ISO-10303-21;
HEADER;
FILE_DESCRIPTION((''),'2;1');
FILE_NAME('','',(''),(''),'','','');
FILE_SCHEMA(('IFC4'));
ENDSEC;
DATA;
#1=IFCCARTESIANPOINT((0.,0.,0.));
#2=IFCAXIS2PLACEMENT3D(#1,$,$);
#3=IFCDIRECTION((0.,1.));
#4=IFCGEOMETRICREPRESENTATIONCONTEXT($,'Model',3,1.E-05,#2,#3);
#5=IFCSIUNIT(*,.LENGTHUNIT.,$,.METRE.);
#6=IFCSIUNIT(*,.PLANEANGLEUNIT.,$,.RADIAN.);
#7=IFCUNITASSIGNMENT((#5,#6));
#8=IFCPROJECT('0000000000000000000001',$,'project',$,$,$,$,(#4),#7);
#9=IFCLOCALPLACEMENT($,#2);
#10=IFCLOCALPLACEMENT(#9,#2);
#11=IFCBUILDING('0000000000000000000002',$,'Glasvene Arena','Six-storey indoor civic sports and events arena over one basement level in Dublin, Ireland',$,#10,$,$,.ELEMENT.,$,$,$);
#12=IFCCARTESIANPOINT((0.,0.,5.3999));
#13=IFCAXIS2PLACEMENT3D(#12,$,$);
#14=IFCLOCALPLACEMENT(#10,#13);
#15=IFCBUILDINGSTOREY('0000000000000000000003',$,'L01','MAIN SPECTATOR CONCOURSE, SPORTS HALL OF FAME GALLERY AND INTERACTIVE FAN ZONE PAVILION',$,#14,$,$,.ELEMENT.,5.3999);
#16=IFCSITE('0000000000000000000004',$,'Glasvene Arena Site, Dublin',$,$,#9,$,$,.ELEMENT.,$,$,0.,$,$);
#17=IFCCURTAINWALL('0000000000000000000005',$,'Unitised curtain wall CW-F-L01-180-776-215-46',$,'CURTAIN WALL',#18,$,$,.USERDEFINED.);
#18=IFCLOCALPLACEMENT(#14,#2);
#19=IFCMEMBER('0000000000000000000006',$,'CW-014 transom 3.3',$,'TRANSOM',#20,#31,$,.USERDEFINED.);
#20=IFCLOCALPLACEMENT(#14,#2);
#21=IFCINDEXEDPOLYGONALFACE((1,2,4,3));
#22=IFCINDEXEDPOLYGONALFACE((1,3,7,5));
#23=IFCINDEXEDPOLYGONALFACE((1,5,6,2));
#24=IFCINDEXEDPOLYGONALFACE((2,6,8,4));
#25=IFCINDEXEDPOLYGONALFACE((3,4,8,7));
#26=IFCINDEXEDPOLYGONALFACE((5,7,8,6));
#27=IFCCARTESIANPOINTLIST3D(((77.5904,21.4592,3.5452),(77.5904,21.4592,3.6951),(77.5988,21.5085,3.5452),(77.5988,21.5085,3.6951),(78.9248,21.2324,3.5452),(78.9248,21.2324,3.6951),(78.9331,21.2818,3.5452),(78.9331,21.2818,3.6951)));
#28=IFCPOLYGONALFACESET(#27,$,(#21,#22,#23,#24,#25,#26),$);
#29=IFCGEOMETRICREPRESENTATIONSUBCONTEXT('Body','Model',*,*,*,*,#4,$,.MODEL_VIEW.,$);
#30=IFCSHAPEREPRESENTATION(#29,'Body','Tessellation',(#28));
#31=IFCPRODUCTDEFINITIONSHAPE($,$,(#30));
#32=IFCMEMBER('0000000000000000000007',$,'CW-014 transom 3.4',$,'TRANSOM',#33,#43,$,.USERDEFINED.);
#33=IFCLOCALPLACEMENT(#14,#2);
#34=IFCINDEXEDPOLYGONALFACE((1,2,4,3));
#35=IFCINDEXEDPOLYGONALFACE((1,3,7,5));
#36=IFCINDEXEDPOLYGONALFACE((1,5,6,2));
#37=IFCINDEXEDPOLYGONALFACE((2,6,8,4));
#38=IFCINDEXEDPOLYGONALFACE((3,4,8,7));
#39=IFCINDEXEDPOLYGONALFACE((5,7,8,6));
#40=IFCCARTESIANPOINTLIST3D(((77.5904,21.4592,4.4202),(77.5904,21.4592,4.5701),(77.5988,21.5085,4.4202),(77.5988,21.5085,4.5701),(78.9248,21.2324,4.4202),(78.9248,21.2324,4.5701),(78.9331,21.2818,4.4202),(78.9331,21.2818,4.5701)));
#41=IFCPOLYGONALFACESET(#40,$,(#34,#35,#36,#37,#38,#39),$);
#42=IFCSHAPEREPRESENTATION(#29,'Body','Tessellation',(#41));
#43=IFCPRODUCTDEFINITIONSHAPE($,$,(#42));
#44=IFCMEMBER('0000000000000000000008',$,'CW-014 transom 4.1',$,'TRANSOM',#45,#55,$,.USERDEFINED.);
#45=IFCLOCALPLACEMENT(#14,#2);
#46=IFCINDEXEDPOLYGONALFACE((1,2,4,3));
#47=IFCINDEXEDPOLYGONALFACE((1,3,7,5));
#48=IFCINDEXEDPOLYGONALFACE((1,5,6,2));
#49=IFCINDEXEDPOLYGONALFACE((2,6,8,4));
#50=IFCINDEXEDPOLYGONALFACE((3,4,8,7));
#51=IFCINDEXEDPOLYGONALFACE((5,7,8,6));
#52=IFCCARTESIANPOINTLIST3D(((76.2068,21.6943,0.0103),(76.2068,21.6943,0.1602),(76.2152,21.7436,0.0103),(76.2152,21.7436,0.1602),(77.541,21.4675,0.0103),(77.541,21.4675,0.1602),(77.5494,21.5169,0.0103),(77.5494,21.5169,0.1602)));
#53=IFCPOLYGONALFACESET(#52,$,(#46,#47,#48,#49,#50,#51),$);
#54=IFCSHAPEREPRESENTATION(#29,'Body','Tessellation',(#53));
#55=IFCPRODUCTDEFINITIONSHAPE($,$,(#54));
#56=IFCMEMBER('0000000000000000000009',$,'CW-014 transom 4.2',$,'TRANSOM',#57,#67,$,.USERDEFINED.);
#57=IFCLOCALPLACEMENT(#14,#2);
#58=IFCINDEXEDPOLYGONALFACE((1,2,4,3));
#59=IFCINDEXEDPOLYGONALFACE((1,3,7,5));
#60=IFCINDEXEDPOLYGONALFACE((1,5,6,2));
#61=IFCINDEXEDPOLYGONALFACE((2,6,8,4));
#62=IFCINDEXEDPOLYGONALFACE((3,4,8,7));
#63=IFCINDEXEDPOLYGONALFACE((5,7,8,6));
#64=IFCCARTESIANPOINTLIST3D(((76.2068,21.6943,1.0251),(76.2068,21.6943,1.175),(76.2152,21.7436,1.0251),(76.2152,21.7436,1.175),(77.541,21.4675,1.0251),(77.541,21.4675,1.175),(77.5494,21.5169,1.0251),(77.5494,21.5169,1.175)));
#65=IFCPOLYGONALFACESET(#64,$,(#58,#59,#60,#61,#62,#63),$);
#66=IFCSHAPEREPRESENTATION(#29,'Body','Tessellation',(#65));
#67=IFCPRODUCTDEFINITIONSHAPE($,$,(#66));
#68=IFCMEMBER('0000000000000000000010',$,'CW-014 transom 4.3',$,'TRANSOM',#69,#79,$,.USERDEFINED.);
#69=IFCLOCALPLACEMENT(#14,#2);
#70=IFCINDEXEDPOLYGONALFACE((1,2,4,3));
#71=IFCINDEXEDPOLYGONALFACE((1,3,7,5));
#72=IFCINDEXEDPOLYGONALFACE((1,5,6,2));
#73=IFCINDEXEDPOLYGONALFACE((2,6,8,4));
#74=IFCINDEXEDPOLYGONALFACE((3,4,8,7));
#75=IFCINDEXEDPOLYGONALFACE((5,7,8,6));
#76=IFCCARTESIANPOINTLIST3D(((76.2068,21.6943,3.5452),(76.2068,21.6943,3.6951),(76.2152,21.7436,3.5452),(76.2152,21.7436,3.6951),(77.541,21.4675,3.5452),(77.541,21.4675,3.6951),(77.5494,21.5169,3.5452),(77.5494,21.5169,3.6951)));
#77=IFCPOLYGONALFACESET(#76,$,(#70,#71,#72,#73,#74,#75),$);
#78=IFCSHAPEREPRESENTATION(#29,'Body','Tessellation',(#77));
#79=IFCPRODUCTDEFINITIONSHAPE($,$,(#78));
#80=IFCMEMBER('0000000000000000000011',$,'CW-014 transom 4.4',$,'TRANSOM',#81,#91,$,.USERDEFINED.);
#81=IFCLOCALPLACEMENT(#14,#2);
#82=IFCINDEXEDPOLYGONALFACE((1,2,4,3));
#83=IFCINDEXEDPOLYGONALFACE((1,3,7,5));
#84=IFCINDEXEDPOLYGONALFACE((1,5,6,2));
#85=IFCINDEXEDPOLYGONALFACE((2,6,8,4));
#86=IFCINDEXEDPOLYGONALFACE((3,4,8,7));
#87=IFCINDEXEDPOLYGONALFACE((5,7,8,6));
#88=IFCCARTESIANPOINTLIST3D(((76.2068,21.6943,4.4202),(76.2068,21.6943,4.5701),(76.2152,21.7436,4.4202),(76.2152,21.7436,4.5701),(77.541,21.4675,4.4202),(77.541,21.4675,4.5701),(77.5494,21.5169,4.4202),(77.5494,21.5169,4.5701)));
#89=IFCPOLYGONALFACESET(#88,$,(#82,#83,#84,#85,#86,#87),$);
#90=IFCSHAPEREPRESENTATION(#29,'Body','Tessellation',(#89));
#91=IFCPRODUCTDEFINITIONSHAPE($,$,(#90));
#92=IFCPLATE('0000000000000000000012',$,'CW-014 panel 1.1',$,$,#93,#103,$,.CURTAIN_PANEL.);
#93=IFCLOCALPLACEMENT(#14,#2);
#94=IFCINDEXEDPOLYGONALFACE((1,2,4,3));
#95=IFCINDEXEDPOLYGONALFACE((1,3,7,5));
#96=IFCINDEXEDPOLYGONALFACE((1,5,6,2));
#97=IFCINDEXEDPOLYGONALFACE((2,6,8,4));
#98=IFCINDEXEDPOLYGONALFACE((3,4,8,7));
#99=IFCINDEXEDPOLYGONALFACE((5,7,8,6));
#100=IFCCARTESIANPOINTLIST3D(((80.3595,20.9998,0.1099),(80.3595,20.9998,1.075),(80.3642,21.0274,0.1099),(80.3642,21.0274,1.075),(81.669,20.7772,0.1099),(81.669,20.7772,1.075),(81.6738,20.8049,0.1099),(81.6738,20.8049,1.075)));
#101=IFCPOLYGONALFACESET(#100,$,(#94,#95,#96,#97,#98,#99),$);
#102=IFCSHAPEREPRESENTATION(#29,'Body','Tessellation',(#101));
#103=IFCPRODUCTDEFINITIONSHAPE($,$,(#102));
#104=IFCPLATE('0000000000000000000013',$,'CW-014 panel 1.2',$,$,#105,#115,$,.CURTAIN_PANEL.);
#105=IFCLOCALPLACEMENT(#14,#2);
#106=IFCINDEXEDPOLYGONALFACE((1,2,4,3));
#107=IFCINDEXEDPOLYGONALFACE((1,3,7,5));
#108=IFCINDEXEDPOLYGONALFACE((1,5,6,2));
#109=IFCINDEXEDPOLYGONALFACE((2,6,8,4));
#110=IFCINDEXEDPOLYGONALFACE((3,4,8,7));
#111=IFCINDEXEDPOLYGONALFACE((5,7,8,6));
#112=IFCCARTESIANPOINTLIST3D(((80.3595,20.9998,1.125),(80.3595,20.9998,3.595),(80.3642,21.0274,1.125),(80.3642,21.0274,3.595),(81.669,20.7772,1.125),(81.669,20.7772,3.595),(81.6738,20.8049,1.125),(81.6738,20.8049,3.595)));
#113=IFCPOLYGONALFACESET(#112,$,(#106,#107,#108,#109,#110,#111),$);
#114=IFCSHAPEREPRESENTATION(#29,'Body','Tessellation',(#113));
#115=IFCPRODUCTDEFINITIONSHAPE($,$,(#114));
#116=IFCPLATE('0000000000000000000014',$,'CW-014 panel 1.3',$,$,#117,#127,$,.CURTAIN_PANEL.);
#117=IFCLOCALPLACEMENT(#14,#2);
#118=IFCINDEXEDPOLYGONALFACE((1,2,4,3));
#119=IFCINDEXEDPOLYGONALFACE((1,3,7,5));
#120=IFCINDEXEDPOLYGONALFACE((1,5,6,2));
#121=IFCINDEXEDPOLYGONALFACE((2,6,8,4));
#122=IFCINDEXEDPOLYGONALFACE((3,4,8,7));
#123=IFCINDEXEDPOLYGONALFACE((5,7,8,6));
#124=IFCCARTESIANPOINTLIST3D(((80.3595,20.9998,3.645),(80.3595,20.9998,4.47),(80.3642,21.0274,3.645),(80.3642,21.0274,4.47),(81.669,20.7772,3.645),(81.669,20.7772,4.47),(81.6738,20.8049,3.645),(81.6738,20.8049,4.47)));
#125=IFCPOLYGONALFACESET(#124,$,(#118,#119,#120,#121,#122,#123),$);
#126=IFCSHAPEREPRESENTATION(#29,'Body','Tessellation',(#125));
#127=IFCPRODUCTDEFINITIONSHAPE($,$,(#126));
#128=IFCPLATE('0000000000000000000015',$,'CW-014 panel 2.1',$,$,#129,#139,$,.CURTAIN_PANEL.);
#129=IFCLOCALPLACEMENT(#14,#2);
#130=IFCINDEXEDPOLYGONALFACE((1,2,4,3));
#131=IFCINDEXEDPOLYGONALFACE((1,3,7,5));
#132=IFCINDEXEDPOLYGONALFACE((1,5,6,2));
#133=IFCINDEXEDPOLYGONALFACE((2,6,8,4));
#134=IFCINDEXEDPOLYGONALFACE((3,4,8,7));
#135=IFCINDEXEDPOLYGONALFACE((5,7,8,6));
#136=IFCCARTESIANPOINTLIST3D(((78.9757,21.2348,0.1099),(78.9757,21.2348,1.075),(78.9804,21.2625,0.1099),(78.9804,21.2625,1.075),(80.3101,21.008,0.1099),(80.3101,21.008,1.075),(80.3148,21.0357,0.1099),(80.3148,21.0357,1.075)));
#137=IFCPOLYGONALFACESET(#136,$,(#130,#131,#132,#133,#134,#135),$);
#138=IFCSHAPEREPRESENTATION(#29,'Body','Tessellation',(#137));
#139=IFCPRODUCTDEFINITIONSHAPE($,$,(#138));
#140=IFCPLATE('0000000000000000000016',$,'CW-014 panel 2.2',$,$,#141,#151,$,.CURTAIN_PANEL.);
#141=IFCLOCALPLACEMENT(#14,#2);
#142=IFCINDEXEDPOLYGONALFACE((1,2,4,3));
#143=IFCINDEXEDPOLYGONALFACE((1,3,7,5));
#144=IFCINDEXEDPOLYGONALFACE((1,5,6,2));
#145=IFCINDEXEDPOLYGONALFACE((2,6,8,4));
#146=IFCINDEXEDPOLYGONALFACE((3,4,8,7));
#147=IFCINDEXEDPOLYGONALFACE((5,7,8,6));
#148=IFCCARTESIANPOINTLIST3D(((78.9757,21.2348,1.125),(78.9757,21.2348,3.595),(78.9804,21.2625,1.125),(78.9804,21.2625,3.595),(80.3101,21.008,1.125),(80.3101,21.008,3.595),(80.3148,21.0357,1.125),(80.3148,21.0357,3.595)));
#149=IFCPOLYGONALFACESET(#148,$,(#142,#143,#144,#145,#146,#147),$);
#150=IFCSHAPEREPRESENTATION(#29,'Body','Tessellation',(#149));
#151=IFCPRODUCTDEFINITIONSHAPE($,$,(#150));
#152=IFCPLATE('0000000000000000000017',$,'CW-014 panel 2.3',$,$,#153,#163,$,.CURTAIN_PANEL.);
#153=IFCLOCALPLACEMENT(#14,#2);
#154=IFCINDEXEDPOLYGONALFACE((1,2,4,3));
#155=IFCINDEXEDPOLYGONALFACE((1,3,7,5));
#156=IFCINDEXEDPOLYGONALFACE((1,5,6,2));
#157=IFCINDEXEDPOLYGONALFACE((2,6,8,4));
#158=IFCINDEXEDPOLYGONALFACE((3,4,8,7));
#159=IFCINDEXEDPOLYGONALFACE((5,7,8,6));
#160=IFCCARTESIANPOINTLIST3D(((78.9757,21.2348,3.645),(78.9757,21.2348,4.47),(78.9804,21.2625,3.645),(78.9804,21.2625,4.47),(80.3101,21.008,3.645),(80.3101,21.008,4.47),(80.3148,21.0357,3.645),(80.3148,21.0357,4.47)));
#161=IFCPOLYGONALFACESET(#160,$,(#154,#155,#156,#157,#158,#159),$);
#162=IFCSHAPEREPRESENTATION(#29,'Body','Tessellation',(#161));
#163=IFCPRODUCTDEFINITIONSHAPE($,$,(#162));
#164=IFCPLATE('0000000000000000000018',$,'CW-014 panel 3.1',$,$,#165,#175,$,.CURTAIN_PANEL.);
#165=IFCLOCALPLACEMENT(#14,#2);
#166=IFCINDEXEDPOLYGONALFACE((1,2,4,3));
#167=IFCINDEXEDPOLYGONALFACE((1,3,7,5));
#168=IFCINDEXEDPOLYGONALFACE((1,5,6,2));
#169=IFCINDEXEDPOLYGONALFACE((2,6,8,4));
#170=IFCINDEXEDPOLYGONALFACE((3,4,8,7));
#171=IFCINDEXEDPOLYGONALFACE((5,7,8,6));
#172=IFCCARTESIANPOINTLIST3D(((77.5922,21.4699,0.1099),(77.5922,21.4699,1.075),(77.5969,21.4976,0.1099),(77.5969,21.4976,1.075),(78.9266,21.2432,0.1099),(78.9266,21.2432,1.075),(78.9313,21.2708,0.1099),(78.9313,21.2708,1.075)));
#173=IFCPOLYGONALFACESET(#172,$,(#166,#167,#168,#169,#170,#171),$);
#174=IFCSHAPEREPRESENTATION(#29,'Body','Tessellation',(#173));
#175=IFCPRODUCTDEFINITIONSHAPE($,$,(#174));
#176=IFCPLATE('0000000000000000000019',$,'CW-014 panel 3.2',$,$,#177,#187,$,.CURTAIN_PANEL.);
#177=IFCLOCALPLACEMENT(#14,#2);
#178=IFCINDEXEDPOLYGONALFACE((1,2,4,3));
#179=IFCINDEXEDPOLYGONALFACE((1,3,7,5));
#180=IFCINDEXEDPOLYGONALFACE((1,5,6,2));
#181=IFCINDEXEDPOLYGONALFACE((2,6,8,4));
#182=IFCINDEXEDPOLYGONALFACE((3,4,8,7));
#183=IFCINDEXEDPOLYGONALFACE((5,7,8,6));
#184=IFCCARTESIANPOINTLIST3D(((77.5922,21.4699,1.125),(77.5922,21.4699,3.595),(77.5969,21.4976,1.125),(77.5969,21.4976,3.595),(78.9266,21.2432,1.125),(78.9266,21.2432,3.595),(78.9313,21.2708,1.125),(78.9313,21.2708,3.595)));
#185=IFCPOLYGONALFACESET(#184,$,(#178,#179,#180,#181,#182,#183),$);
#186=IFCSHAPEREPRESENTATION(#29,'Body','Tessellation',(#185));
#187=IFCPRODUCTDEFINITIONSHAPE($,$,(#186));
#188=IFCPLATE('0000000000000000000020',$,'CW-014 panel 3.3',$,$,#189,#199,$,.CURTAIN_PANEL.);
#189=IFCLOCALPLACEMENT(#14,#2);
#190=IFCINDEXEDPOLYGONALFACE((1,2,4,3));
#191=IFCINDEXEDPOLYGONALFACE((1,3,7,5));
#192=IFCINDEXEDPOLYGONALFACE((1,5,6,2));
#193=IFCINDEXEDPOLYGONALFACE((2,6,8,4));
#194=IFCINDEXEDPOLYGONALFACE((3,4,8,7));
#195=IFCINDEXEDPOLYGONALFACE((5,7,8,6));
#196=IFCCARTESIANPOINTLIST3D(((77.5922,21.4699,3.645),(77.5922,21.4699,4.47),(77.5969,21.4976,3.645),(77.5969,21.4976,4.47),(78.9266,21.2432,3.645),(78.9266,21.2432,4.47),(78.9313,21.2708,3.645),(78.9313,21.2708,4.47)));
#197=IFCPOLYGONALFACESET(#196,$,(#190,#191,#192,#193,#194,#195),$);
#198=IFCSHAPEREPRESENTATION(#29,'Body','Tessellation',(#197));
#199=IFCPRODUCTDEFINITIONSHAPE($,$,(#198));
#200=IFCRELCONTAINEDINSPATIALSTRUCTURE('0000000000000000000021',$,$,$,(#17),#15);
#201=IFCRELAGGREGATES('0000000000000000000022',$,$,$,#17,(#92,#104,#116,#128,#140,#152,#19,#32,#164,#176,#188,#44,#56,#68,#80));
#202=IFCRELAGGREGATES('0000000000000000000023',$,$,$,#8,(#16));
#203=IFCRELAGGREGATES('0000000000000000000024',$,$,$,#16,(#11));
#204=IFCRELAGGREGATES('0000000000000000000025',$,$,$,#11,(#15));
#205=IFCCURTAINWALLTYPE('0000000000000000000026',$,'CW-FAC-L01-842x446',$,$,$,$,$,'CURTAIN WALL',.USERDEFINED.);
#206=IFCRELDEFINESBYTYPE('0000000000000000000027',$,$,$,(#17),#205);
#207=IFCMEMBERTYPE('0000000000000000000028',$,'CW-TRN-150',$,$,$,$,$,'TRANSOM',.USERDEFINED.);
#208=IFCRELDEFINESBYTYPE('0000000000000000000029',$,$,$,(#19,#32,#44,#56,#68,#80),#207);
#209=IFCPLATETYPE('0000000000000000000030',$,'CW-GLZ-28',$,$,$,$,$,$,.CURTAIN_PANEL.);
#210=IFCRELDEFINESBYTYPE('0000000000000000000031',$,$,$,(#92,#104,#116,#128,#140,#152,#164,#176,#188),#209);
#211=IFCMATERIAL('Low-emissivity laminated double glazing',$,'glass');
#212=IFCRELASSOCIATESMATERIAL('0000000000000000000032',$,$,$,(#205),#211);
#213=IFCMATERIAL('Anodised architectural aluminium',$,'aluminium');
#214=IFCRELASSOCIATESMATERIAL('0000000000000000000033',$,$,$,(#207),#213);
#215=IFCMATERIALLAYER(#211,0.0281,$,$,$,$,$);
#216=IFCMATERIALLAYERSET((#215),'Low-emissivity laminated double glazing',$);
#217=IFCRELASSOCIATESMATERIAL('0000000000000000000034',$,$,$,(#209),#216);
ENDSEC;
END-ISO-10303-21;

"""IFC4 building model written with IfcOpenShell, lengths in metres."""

from ifc_helpers import new_model, si_unit, direction, frame, origin, origin_2d, place, context, subcontext, project, spatial, rectangle, extrude, material, layer, layer_set, material_profile, profile_set, type_object, element, aggregate, save


model = new_model("IFC4")

# Units and contexts
model_context = context("Model", 3, precision=1e-05, world=origin(), true_north=direction((0.0, 1.0)))
body_context = subcontext(model_context, "Body", "Model", "MODEL_VIEW")
ifc_project = project(units=[si_unit("LENGTHUNIT", "METRE"), si_unit("PLANEANGLEUNIT", "RADIAN")], contexts=[model_context])

# Site, building, storey
site_placement = place(None, origin())
site = spatial("IfcSite", under=ifc_project, at=site_placement, Name="Glasvene Arena Site, Dublin", CompositionType="ELEMENT", RefElevation=0.0)
building_placement = place(site_placement, origin())
building = spatial("IfcBuilding", under=site, at=building_placement, Name="Glasvene Arena", Description="Six-storey indoor civic sports and events arena over one basement level in Dublin, Ireland", CompositionType="ELEMENT")
storey_placement = place(building_placement, frame((0.0, 0.0, 5.3999)))
storey = spatial("IfcBuildingStorey", under=building, at=storey_placement, Name="L01", Description="MAIN SPECTATOR CONCOURSE, SPORTS HALL OF FAME GALLERY AND INTERACTIVE FAN ZONE PAVILION", CompositionType="ELEMENT", Elevation=5.3999)

# Curtain wall, members, plates
ifc_material_1 = material(Name="Low-emissivity laminated double glazing", Category="glass")
curtain_wall_type = type_object("IfcCurtainWallType", Name="CW-FAC-L01-842x446", ElementType="CURTAIN WALL", PredefinedType="USERDEFINED", material=ifc_material_1)
curtain_wall_placement = place(storey_placement, frame((81.7207, 20.7827, 0.0)))
curtain_wall = element("IfcCurtainWall", 1, at=curtain_wall_placement, inside=storey, type_object=curtain_wall_type, Name="Unitised curtain wall CW-F-L01-180-776-215-46", ObjectType="CURTAIN WALL", PredefinedType="USERDEFINED")
ifc_material_2 = material(Name="Anodised architectural aluminium", Category="aluminium")
ifc_material_profile_1 = material_profile(ifc_material_2, rectangle(XDim=0.05, YDim=0.1499, at=origin_2d()), Name="ALU TRANSOM 50x150")
ifc_profile_set_1 = profile_set([ifc_material_profile_1], Name="Anodised architectural aluminium")
member_type_1 = type_object("IfcMemberType", Name="CW-TRN-150", ElementType="TRANSOM", PredefinedType="USERDEFINED", material=ifc_profile_set_1)
member_1_placement = place(storey_placement, frame((78.929, 21.2571, 3.6201), z_axis=(-0.985862, 0.167557, 0.0), x_axis=(-0.167557, -0.985862, 0.0)))
member_1 = element("IfcMember", 2, at=member_1_placement, type_object=member_type_1, Name="CW-014 transom 3.3", ObjectType="TRANSOM", PredefinedType="USERDEFINED", context=body_context, shape_type="SweptSolid", body=[
    extrude(rectangle(XDim=0.05, YDim=0.1499, at=origin_2d()), origin(), (0.0, 0.0, 1.0), 1.3535),
])
member_2_placement = place(storey_placement, frame((78.929, 21.2571, 4.4951), z_axis=(-0.985862, 0.167557, 0.0), x_axis=(-0.167557, -0.985862, 0.0)))
member_2 = element("IfcMember", 3, at=member_2_placement, type_object=member_type_1, Name="CW-014 transom 3.4", ObjectType="TRANSOM", PredefinedType="USERDEFINED", context=body_context, shape_type="SweptSolid", body=[
    extrude(rectangle(XDim=0.05, YDim=0.1499, at=origin_2d()), origin(), (0.0, 0.0, 1.0), 1.3535),
])
member_3_placement = place(storey_placement, frame((77.5452, 21.4922, 0.0852), z_axis=(-0.985857, 0.167587, 0.0), x_axis=(-0.167587, -0.985857, 0.0)))
member_3 = element("IfcMember", 4, at=member_3_placement, type_object=member_type_1, Name="CW-014 transom 4.1", ObjectType="TRANSOM", PredefinedType="USERDEFINED", context=body_context, shape_type="SweptSolid", body=[
    extrude(rectangle(XDim=0.05, YDim=0.1499, at=origin_2d()), origin(), (0.0, 0.0, 1.0), 1.3533),
])
member_4_placement = place(storey_placement, frame((77.5452, 21.4922, 1.1001), z_axis=(-0.985857, 0.167587, 0.0), x_axis=(-0.167587, -0.985857, 0.0)))
member_4 = element("IfcMember", 5, at=member_4_placement, type_object=member_type_1, Name="CW-014 transom 4.2", ObjectType="TRANSOM", PredefinedType="USERDEFINED", context=body_context, shape_type="SweptSolid", body=[
    extrude(rectangle(XDim=0.05, YDim=0.1499, at=origin_2d()), origin(), (0.0, 0.0, 1.0), 1.3533),
])
member_5_placement = place(storey_placement, frame((77.5452, 21.4922, 3.6201), z_axis=(-0.985857, 0.167587, 0.0), x_axis=(-0.167587, -0.985857, 0.0)))
member_5 = element("IfcMember", 6, at=member_5_placement, type_object=member_type_1, Name="CW-014 transom 4.3", ObjectType="TRANSOM", PredefinedType="USERDEFINED", context=body_context, shape_type="SweptSolid", body=[
    extrude(rectangle(XDim=0.05, YDim=0.1499, at=origin_2d()), origin(), (0.0, 0.0, 1.0), 1.3533),
])
member_6_placement = place(storey_placement, frame((77.5452, 21.4922, 4.4951), z_axis=(-0.985857, 0.167587, 0.0), x_axis=(-0.167587, -0.985857, 0.0)))
member_6 = element("IfcMember", 7, at=member_6_placement, type_object=member_type_1, Name="CW-014 transom 4.4", ObjectType="TRANSOM", PredefinedType="USERDEFINED", context=body_context, shape_type="SweptSolid", body=[
    extrude(rectangle(XDim=0.05, YDim=0.1499, at=origin_2d()), origin(), (0.0, 0.0, 1.0), 1.3533),
])
ifc_layer_1 = layer(ifc_material_1, 0.0281)
ifc_layer_set_1 = layer_set([ifc_layer_1], Name="Low-emissivity laminated double glazing")
plate_type = type_object("IfcPlateType", Name="CW-GLZ-28", PredefinedType="CURTAIN_PANEL", material=ifc_layer_set_1)
plate_1_placement = place(storey_placement, frame((81.0166, 20.9023, 0.1099), z_axis=(0.0, 0.0, 1.0), x_axis=(-0.98587, 0.167514, 0.0)))
plate_1 = element("IfcPlate", 8, at=plate_1_placement, type_object=plate_type, Name="CW-014 panel 1.1", PredefinedType="CURTAIN_PANEL", context=body_context, shape_type="SweptSolid", body=[
    extrude(rectangle(XDim=1.3284, YDim=0.0281, at=origin_2d()), origin(), (0.0, 0.0, 1.0), 0.9651),
])
plate_2_placement = place(storey_placement, frame((81.0166, 20.9023, 1.125), z_axis=(0.0, 0.0, 1.0), x_axis=(-0.98587, 0.167514, 0.0)))
plate_2 = element("IfcPlate", 9, at=plate_2_placement, type_object=plate_type, Name="CW-014 panel 1.2", PredefinedType="CURTAIN_PANEL", context=body_context, shape_type="SweptSolid", body=[
    extrude(rectangle(XDim=1.3284, YDim=0.0281, at=origin_2d()), origin(), (0.0, 0.0, 1.0), 2.47),
])
plate_3_placement = place(storey_placement, frame((81.0166, 20.9023, 3.645), z_axis=(0.0, 0.0, 1.0), x_axis=(-0.98587, 0.167514, 0.0)))
plate_3 = element("IfcPlate", 10, at=plate_3_placement, type_object=plate_type, Name="CW-014 panel 1.3", PredefinedType="CURTAIN_PANEL", context=body_context, shape_type="SweptSolid", body=[
    extrude(rectangle(XDim=1.3284, YDim=0.0281, at=origin_2d()), origin(), (0.0, 0.0, 1.0), 0.825),
])
plate_4_placement = place(storey_placement, frame((79.6453, 21.1353, 0.1099), z_axis=(0.0, 0.0, 1.0), x_axis=(-0.98587, 0.167514, 0.0)))
plate_4 = element("IfcPlate", 11, at=plate_4_placement, type_object=plate_type, Name="CW-014 panel 2.1", PredefinedType="CURTAIN_PANEL", context=body_context, shape_type="SweptSolid", body=[
    extrude(rectangle(XDim=1.3535, YDim=0.0281, at=origin_2d()), origin(), (0.0, 0.0, 1.0), 0.9651),
])
plate_5_placement = place(storey_placement, frame((79.6453, 21.1353, 1.125), z_axis=(0.0, 0.0, 1.0), x_axis=(-0.98587, 0.167514, 0.0)))
plate_5 = element("IfcPlate", 12, at=plate_5_placement, type_object=plate_type, Name="CW-014 panel 2.2", PredefinedType="CURTAIN_PANEL", context=body_context, shape_type="SweptSolid", body=[
    extrude(rectangle(XDim=1.3535, YDim=0.0281, at=origin_2d()), origin(), (0.0, 0.0, 1.0), 2.47),
])
plate_6_placement = place(storey_placement, frame((79.6453, 21.1353, 3.645), z_axis=(0.0, 0.0, 1.0), x_axis=(-0.98587, 0.167514, 0.0)))
plate_6 = element("IfcPlate", 13, at=plate_6_placement, type_object=plate_type, Name="CW-014 panel 2.3", PredefinedType="CURTAIN_PANEL", context=body_context, shape_type="SweptSolid", body=[
    extrude(rectangle(XDim=1.3535, YDim=0.0281, at=origin_2d()), origin(), (0.0, 0.0, 1.0), 0.825),
])
plate_7_placement = place(storey_placement, frame((78.2617, 21.3704, 0.1099), z_axis=(0.0, 0.0, 1.0), x_axis=(-0.98587, 0.167514, 0.0)))
plate_7 = element("IfcPlate", 14, at=plate_7_placement, type_object=plate_type, Name="CW-014 panel 3.1", PredefinedType="CURTAIN_PANEL", context=body_context, shape_type="SweptSolid", body=[
    extrude(rectangle(XDim=1.3535, YDim=0.0281, at=origin_2d()), origin(), (0.0, 0.0, 1.0), 0.9651),
])
plate_8_placement = place(storey_placement, frame((78.2617, 21.3704, 1.125), z_axis=(0.0, 0.0, 1.0), x_axis=(-0.98587, 0.167514, 0.0)))
plate_8 = element("IfcPlate", 15, at=plate_8_placement, type_object=plate_type, Name="CW-014 panel 3.2", PredefinedType="CURTAIN_PANEL", context=body_context, shape_type="SweptSolid", body=[
    extrude(rectangle(XDim=1.3535, YDim=0.0281, at=origin_2d()), origin(), (0.0, 0.0, 1.0), 2.47),
])
plate_9_placement = place(storey_placement, frame((78.2617, 21.3704, 3.645), z_axis=(0.0, 0.0, 1.0), x_axis=(-0.98587, 0.167514, 0.0)))
plate_9 = element("IfcPlate", 16, at=plate_9_placement, type_object=plate_type, Name="CW-014 panel 3.3", PredefinedType="CURTAIN_PANEL", context=body_context, shape_type="SweptSolid", body=[
    extrude(rectangle(XDim=1.3535, YDim=0.0281, at=origin_2d()), origin(), (0.0, 0.0, 1.0), 0.825),
])
aggregate(curtain_wall, [plate_1, plate_2, plate_3, plate_4, plate_5, plate_6, member_1, member_2, plate_7, plate_8, plate_9, member_3, member_4, member_5, member_6])

save(model, "model.ifc")
